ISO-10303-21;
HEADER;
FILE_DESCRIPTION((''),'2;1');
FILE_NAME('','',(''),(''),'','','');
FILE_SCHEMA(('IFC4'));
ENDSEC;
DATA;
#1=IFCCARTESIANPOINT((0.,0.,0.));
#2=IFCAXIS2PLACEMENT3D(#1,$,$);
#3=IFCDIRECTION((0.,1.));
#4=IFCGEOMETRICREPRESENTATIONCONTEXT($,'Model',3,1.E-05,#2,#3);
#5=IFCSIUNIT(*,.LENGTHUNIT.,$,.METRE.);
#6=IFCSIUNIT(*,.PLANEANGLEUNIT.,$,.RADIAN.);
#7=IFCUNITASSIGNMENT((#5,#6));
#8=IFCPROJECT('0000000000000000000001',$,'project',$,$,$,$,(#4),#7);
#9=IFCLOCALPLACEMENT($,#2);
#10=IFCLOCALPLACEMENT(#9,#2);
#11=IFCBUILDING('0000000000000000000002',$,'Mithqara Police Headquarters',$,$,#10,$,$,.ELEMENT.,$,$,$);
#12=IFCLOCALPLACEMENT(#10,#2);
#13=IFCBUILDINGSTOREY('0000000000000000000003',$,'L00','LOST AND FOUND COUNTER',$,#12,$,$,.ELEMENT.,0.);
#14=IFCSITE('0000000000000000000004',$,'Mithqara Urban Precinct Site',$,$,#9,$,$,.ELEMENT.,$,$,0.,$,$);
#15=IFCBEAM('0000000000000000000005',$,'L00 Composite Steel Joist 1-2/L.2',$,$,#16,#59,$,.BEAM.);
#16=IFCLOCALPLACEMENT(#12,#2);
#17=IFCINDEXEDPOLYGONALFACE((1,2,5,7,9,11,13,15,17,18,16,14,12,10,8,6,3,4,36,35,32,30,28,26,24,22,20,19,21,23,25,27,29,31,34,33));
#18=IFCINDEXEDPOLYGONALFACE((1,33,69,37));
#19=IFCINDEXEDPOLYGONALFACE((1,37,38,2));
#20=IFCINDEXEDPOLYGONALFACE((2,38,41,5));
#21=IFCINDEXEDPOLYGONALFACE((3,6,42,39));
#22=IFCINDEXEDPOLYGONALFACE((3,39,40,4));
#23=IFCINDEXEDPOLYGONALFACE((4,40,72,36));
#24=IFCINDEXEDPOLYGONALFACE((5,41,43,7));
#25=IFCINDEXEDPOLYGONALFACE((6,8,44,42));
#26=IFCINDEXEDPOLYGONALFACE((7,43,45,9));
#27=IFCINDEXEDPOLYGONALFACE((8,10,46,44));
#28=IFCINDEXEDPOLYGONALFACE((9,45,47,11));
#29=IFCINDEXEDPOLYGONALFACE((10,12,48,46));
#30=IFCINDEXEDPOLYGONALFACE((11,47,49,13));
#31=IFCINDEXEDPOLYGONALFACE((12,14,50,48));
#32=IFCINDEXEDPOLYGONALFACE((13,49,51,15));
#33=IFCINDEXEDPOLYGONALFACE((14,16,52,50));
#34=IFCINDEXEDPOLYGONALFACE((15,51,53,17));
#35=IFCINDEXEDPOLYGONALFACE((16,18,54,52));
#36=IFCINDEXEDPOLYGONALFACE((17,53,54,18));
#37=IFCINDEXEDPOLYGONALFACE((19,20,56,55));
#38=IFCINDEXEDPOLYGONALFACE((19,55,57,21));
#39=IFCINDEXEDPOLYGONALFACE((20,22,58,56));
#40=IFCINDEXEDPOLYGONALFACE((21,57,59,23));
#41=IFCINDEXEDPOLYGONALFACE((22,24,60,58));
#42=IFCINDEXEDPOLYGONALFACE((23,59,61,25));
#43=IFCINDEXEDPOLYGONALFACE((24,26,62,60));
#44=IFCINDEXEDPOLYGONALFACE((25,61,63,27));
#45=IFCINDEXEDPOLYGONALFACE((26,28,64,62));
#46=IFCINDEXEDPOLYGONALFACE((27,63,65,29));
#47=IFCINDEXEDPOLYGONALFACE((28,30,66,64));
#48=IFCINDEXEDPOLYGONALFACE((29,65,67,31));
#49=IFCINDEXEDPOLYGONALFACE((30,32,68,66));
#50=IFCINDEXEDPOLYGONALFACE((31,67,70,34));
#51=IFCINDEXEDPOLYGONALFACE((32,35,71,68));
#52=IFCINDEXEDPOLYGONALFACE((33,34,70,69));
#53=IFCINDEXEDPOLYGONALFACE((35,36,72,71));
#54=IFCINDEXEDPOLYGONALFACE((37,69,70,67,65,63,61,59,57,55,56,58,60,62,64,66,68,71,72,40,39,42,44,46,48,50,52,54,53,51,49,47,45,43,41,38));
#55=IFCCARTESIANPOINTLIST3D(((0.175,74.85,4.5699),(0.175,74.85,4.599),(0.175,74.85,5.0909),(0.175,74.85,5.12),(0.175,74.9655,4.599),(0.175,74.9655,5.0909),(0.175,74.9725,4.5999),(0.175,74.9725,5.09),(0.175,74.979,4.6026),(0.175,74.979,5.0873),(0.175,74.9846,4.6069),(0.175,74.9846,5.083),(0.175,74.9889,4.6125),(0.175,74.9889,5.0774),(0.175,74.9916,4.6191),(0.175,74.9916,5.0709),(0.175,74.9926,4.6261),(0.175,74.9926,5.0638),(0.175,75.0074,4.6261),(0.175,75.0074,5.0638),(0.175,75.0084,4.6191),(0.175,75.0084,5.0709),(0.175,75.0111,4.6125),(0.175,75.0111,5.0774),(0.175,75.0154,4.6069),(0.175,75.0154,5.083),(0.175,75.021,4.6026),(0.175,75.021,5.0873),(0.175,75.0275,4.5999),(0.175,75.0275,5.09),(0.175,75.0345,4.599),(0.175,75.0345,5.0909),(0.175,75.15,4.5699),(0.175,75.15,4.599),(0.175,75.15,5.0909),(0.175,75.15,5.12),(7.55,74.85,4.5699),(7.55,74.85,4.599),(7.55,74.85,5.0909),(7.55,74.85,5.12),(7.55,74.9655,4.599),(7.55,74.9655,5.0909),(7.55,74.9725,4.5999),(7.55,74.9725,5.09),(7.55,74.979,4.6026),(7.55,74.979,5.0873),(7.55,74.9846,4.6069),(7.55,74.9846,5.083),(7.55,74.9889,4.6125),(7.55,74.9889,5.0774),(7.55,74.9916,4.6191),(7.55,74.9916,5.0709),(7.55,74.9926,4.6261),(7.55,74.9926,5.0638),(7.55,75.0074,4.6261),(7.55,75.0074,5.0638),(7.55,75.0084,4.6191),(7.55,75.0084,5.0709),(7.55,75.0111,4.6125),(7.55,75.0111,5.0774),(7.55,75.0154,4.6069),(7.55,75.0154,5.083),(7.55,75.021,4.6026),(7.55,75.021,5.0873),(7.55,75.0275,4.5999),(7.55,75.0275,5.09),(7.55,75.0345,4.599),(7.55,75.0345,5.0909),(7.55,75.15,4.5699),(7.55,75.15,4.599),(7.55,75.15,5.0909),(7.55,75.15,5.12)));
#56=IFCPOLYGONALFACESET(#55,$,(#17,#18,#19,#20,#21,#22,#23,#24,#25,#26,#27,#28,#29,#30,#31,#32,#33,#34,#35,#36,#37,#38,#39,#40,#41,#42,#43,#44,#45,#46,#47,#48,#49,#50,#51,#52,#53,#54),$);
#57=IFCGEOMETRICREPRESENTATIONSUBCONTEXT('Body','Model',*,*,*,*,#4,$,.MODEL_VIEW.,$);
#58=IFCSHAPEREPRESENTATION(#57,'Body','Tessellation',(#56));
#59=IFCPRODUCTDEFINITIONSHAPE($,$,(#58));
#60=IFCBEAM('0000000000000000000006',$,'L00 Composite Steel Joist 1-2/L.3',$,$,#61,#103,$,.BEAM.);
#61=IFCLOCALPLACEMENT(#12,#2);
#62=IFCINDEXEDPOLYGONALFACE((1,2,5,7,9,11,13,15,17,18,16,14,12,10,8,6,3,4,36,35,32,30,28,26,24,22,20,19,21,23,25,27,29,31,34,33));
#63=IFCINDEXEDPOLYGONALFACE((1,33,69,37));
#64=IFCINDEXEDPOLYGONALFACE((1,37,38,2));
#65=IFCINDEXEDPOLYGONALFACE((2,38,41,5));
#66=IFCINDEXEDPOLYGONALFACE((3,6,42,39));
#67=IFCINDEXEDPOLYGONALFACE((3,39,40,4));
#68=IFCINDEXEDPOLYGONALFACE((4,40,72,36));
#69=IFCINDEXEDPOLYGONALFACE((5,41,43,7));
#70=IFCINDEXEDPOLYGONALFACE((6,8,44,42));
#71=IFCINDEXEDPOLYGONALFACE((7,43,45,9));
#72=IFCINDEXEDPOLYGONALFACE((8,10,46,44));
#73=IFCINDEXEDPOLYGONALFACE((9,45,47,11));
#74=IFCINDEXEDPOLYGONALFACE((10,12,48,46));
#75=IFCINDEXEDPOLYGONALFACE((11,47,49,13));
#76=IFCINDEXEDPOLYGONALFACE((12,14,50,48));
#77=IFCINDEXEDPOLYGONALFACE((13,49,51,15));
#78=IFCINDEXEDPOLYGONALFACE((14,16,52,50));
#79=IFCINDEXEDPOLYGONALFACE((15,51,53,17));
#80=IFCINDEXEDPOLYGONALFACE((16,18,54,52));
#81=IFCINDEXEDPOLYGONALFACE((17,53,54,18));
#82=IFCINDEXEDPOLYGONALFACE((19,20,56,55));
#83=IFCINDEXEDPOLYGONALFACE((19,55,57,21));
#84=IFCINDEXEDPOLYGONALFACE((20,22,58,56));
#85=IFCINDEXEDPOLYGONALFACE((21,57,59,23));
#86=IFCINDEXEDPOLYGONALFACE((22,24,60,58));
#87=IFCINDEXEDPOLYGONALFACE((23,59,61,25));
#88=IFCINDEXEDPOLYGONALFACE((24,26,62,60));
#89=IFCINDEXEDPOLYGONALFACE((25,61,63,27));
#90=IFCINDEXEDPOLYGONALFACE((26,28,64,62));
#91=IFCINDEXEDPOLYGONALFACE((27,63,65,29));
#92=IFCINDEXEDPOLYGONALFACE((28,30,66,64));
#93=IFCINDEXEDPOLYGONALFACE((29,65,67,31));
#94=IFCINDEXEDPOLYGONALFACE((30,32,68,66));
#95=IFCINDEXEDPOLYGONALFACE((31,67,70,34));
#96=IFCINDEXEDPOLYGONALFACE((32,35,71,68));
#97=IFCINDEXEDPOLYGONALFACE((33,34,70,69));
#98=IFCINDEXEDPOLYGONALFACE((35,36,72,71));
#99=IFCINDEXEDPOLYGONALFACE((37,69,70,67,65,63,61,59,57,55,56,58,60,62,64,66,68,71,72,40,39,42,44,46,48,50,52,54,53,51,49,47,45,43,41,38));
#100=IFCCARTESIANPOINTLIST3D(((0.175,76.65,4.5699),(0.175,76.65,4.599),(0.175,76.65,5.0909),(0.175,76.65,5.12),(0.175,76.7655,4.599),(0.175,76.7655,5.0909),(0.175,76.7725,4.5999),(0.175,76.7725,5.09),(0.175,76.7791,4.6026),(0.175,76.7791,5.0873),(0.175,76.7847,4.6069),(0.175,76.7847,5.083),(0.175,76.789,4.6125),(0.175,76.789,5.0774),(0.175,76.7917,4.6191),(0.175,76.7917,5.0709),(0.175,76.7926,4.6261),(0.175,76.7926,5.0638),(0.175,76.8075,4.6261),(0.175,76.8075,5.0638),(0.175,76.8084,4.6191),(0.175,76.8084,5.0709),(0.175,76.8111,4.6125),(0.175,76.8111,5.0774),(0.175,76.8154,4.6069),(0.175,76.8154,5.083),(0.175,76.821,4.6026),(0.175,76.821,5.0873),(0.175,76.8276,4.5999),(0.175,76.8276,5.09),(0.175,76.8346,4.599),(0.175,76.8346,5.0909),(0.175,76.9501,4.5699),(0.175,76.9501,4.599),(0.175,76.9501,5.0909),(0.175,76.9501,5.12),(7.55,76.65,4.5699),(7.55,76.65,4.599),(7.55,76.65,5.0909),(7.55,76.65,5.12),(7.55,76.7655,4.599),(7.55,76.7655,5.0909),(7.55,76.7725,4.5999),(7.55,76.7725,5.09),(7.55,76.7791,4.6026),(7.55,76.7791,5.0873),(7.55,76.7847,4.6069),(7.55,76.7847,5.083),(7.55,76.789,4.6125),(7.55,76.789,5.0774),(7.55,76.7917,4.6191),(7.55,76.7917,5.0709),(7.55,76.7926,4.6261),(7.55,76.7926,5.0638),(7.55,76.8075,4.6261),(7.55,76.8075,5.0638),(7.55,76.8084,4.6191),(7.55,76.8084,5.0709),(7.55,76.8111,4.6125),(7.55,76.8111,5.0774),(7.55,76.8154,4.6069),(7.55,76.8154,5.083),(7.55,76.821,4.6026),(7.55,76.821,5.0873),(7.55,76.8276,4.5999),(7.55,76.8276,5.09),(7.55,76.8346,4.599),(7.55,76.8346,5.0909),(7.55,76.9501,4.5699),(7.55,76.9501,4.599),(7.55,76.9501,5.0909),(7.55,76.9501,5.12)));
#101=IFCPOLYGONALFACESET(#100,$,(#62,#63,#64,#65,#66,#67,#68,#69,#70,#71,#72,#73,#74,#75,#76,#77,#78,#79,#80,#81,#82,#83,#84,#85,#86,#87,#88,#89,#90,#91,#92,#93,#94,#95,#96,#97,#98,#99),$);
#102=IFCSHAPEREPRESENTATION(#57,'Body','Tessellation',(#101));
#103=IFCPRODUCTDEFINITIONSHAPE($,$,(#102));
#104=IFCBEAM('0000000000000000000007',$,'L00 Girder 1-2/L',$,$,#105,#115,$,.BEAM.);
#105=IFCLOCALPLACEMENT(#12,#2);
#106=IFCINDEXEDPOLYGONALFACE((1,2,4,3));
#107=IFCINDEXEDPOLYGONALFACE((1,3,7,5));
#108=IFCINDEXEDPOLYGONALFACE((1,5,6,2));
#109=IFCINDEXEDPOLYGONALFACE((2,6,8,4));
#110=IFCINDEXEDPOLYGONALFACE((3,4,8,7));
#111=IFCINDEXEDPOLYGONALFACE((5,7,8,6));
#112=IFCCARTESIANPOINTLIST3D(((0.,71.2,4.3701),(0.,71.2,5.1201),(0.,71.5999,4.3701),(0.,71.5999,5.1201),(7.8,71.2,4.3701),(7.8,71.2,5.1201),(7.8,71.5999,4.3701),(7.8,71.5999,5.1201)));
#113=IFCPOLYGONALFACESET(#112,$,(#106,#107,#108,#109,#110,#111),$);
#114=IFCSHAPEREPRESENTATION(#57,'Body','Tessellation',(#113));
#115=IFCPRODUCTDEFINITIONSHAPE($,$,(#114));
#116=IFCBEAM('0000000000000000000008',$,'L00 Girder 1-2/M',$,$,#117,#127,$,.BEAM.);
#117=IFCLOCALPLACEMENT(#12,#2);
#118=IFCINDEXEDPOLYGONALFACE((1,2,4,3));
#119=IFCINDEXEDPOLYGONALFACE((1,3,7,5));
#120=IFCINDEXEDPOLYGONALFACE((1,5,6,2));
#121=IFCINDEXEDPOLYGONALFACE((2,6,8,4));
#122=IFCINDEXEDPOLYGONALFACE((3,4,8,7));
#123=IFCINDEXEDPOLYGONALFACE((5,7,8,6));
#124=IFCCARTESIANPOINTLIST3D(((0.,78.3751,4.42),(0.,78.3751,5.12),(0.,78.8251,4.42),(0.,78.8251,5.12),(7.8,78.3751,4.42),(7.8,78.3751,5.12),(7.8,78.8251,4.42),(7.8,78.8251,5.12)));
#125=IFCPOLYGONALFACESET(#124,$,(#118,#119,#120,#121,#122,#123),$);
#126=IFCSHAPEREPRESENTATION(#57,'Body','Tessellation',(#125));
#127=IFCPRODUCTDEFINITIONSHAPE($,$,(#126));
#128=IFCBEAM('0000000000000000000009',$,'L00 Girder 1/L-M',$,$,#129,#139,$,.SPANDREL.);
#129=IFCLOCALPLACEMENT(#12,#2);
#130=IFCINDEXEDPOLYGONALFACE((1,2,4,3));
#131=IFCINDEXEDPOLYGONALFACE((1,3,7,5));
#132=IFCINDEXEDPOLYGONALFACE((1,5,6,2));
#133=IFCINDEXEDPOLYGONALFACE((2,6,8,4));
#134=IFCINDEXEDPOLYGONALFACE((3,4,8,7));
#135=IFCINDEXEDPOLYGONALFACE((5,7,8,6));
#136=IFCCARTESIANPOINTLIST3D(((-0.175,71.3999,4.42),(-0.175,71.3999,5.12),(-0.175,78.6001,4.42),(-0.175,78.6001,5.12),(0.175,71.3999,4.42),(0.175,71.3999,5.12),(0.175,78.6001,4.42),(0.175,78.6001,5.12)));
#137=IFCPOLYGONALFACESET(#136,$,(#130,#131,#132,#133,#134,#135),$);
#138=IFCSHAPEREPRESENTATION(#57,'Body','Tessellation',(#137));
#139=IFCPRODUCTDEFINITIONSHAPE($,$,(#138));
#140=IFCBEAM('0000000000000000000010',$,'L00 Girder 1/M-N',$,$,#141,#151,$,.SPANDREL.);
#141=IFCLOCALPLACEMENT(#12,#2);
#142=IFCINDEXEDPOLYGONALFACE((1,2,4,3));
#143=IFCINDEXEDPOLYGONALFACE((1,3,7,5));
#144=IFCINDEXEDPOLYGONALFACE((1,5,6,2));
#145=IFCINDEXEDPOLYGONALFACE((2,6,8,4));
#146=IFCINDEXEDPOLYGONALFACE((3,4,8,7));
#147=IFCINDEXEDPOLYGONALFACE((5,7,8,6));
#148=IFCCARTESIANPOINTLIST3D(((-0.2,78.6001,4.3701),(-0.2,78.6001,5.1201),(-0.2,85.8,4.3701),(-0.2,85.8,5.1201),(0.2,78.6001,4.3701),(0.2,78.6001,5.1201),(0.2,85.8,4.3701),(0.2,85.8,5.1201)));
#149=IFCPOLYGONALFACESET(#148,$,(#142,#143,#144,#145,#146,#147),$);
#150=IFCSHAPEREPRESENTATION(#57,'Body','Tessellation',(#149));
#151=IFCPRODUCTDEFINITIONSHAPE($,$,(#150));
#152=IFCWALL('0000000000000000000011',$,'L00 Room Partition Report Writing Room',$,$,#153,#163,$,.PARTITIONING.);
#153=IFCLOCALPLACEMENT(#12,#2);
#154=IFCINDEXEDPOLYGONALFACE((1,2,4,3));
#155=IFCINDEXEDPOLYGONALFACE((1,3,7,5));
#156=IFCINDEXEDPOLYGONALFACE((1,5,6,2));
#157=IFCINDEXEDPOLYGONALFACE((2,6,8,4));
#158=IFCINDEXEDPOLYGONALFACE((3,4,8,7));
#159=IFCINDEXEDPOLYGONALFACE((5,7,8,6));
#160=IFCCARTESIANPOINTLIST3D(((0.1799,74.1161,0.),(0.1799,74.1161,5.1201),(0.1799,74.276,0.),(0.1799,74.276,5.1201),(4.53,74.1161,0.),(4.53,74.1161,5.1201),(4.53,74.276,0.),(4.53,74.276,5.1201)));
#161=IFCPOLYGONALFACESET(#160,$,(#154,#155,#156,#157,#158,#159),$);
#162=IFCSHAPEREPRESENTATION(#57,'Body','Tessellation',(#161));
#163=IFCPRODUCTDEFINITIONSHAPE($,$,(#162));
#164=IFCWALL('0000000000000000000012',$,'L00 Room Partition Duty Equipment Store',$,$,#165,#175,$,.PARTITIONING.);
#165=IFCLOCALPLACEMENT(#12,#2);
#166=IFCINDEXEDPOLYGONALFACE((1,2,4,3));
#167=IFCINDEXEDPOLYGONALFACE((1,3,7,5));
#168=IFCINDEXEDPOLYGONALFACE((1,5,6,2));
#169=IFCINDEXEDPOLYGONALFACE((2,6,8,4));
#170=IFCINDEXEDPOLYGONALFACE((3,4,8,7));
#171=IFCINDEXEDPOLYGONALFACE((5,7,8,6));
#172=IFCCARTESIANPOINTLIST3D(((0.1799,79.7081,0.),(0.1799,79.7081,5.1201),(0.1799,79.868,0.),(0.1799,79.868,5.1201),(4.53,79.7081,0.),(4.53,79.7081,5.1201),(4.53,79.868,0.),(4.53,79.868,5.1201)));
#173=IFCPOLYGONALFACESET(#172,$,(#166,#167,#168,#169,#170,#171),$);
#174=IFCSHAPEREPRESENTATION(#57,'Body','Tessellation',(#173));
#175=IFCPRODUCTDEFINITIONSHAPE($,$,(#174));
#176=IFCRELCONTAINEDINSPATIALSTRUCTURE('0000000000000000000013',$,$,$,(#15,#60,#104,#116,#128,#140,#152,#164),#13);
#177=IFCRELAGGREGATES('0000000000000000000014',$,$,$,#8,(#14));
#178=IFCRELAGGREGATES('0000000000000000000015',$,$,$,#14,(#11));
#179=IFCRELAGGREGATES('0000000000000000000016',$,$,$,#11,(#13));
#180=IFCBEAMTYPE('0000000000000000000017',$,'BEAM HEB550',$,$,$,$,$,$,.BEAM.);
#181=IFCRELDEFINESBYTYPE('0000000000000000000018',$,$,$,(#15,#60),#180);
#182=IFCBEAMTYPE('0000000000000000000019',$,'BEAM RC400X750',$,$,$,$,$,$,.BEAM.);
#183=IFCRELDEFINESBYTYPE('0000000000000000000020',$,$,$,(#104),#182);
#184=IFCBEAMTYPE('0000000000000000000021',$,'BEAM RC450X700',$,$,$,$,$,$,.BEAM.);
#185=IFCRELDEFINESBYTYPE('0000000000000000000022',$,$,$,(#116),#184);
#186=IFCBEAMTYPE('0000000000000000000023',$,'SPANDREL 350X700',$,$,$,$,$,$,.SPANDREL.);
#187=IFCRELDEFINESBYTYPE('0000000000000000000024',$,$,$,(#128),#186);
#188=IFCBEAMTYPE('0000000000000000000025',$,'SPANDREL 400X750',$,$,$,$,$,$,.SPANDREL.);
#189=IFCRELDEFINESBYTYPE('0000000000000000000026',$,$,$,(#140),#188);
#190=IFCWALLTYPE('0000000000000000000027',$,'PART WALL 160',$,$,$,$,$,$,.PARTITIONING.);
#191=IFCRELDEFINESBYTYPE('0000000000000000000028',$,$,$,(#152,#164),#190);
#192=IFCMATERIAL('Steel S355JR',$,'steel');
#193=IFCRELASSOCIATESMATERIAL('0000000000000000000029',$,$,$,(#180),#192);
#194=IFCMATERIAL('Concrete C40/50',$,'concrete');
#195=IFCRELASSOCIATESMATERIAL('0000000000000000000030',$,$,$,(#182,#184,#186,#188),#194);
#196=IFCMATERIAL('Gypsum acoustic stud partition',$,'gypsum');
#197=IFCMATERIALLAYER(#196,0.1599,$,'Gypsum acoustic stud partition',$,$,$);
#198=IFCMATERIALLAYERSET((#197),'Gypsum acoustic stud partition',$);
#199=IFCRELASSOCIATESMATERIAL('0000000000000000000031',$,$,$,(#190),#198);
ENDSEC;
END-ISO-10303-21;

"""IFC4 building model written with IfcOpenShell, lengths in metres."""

from ifc_helpers import new_model, si_unit, direction, frame, frame_2d, origin, origin_2d, place, context, subcontext, project, spatial, rectangle, i_section, extrude, material, layer, layer_set, material_profile, profile_set, type_object, element, save


model = new_model("IFC4")

# Units and contexts
model_context = context("Model", 3, precision=1e-05, world=origin(), true_north=direction((0.0, 1.0)))
body_context = subcontext(model_context, "Body", "Model", "MODEL_VIEW")
ifc_project = project(units=[si_unit("LENGTHUNIT", "METRE"), si_unit("PLANEANGLEUNIT", "RADIAN")], contexts=[model_context])

# Site, building, storey
site_placement = place(None, origin())
site = spatial("IfcSite", under=ifc_project, at=site_placement, Name="Mithqara Urban Precinct Site", CompositionType="ELEMENT", RefElevation=0.0)
building_placement = place(site_placement, origin())
building = spatial("IfcBuilding", under=site, at=building_placement, Name="Mithqara Police Headquarters", CompositionType="ELEMENT")
storey_placement = place(building_placement, origin())
storey = spatial("IfcBuildingStorey", under=building, at=storey_placement, Name="L00", Description="LOST AND FOUND COUNTER", CompositionType="ELEMENT", Elevation=0.0)

# Shared definitions
ifc_material_1 = material(Name="Concrete C40/50", Category="concrete")

# Beams
ifc_material_2 = material(Name="Steel S355JR", Category="steel")
ifc_material_profile_1 = material_profile(ifc_material_2, i_section(OverallWidth=0.3, OverallDepth=0.55, WebThickness=0.0149, FlangeThickness=0.0291, FilletRadius=0.0271, at=origin_2d()), Name="HEB 550")
ifc_profile_set_1 = profile_set([ifc_material_profile_1], Name="Steel S355JR")
beam_type_1 = type_object("IfcBeamType", Name="BEAM HEB550", PredefinedType="BEAM", material=ifc_profile_set_1)
for number, where, z_axis, x_axis, name in (
    (1, (0.175, 75.0, 4.845), (1.0, 0.0, 0.0), (0.0, 1.0, 0.0), "L00 Composite Steel Joist 1-2/L.2"),
    (2, (0.175, 76.8, 4.845), (1.0, 0.0, 0.0), (0.0, 1.0, 0.0), "L00 Composite Steel Joist 1-2/L.3"),
):
    element("IfcBeam", number, at=place(storey_placement, frame(where, z_axis=z_axis, x_axis=x_axis)), inside=storey, type_object=beam_type_1, Name=name, PredefinedType="BEAM", context=body_context, shape_type="SweptSolid", body=[
        extrude(i_section(OverallWidth=0.3, OverallDepth=0.55, WebThickness=0.0149, FlangeThickness=0.0291, FilletRadius=0.0271, at=origin_2d()), origin(), (0.0, 0.0, 1.0), 7.375),
    ])
ifc_material_profile_2 = material_profile(ifc_material_1, rectangle(XDim=0.3999, YDim=0.75, at=origin_2d()), Name="RC 400x750")
ifc_profile_set_2 = profile_set([ifc_material_profile_2], Name="Concrete C40/50")
beam_type_2 = type_object("IfcBeamType", Name="BEAM RC400X750", PredefinedType="BEAM", material=ifc_profile_set_2)
beam_1_placement = place(storey_placement, frame((0.0, 71.3999, 4.7451), z_axis=(1.0, 0.0, 0.0), x_axis=(0.0, 1.0, 0.0)))
element("IfcBeam", 3, at=beam_1_placement, inside=storey, type_object=beam_type_2, Name="L00 Girder 1-2/L", PredefinedType="BEAM", context=body_context, shape_type="SweptSolid", body=[
    extrude(rectangle(XDim=0.3999, YDim=0.75, at=origin_2d()), origin(), (0.0, 0.0, 1.0), 7.8),
])
ifc_material_profile_3 = material_profile(ifc_material_1, rectangle(XDim=0.45, YDim=0.7, at=origin_2d()), Name="RC 450x700")
ifc_profile_set_3 = profile_set([ifc_material_profile_3], Name="Concrete C40/50")
beam_type_3 = type_object("IfcBeamType", Name="BEAM RC450X700", PredefinedType="BEAM", material=ifc_profile_set_3)
beam_2_placement = place(storey_placement, frame((0.0, 78.6001, 4.77), z_axis=(1.0, 0.0, 0.0), x_axis=(0.0, 1.0, 0.0)))
element("IfcBeam", 4, at=beam_2_placement, inside=storey, type_object=beam_type_3, Name="L00 Girder 1-2/M", PredefinedType="BEAM", context=body_context, shape_type="SweptSolid", body=[
    extrude(rectangle(XDim=0.45, YDim=0.7, at=origin_2d()), origin(), (0.0, 0.0, 1.0), 7.8),
])
ifc_material_profile_4 = material_profile(ifc_material_1, rectangle(XDim=0.3501, YDim=0.7, at=origin_2d()), Name="SPB 350x700")
ifc_profile_set_4 = profile_set([ifc_material_profile_4], Name="Concrete C40/50")
beam_type_4 = type_object("IfcBeamType", Name="SPANDREL 350X700", PredefinedType="SPANDREL", material=ifc_profile_set_4)
beam_3_placement = place(storey_placement, frame((0.0, 71.3999, 4.77), z_axis=(0.0, 1.0, 0.0), x_axis=(-1.0, 0.0, 0.0)))
element("IfcBeam", 5, at=beam_3_placement, inside=storey, type_object=beam_type_4, Name="L00 Girder 1/L-M", PredefinedType="SPANDREL", context=body_context, shape_type="SweptSolid", body=[
    extrude(rectangle(XDim=0.3501, YDim=0.7, at=origin_2d()), origin(), (0.0, 0.0, 1.0), 7.2002),
])
ifc_material_profile_5 = material_profile(ifc_material_1, rectangle(XDim=0.3999, YDim=0.75, at=origin_2d()), Name="SPB 400x750")
ifc_profile_set_5 = profile_set([ifc_material_profile_5], Name="Concrete C40/50")
beam_type_5 = type_object("IfcBeamType", Name="SPANDREL 400X750", PredefinedType="SPANDREL", material=ifc_profile_set_5)
beam_4_placement = place(storey_placement, frame((0.0, 78.6001, 4.7451), z_axis=(0.0, 1.0, 0.0), x_axis=(-1.0, 0.0, 0.0)))
element("IfcBeam", 6, at=beam_4_placement, inside=storey, type_object=beam_type_5, Name="L00 Girder 1/M-N", PredefinedType="SPANDREL", context=body_context, shape_type="SweptSolid", body=[
    extrude(rectangle(XDim=0.3999, YDim=0.75, at=origin_2d()), origin(), (0.0, 0.0, 1.0), 7.2),
])

# Walls
ifc_material_3 = material(Name="Gypsum acoustic stud partition", Category="gypsum")
ifc_layer = layer(ifc_material_3, 0.1599, Name="Gypsum acoustic stud partition")
ifc_layer_set = layer_set([ifc_layer], Name="Gypsum acoustic stud partition")
wall_type = type_object("IfcWallType", Name="PART WALL 160", PredefinedType="PARTITIONING", material=ifc_layer_set)
for number, where, z_axis, x_axis, name in (
    (7, (0.1799, 74.196, 0.0), (0.0, 0.0, 1.0), (1.0, 0.0, 0.0), "L00 Room Partition Report Writing Room"),
    (8, (0.1799, 79.7881, 0.0), (0.0, 0.0, 1.0), (1.0, 0.0, 0.0), "L00 Room Partition Duty Equipment Store"),
):
    element("IfcWall", number, at=place(storey_placement, frame(where, z_axis=z_axis, x_axis=x_axis)), inside=storey, type_object=wall_type, Name=name, PredefinedType="PARTITIONING", context=body_context, shape_type="SweptSolid", body=[
        extrude(rectangle(XDim=4.3501, YDim=0.1599, at=frame_2d((2.175, 0.0))), origin(), (0.0, 0.0, 1.0), 5.1201),
    ])

save(model, "model.ifc")
